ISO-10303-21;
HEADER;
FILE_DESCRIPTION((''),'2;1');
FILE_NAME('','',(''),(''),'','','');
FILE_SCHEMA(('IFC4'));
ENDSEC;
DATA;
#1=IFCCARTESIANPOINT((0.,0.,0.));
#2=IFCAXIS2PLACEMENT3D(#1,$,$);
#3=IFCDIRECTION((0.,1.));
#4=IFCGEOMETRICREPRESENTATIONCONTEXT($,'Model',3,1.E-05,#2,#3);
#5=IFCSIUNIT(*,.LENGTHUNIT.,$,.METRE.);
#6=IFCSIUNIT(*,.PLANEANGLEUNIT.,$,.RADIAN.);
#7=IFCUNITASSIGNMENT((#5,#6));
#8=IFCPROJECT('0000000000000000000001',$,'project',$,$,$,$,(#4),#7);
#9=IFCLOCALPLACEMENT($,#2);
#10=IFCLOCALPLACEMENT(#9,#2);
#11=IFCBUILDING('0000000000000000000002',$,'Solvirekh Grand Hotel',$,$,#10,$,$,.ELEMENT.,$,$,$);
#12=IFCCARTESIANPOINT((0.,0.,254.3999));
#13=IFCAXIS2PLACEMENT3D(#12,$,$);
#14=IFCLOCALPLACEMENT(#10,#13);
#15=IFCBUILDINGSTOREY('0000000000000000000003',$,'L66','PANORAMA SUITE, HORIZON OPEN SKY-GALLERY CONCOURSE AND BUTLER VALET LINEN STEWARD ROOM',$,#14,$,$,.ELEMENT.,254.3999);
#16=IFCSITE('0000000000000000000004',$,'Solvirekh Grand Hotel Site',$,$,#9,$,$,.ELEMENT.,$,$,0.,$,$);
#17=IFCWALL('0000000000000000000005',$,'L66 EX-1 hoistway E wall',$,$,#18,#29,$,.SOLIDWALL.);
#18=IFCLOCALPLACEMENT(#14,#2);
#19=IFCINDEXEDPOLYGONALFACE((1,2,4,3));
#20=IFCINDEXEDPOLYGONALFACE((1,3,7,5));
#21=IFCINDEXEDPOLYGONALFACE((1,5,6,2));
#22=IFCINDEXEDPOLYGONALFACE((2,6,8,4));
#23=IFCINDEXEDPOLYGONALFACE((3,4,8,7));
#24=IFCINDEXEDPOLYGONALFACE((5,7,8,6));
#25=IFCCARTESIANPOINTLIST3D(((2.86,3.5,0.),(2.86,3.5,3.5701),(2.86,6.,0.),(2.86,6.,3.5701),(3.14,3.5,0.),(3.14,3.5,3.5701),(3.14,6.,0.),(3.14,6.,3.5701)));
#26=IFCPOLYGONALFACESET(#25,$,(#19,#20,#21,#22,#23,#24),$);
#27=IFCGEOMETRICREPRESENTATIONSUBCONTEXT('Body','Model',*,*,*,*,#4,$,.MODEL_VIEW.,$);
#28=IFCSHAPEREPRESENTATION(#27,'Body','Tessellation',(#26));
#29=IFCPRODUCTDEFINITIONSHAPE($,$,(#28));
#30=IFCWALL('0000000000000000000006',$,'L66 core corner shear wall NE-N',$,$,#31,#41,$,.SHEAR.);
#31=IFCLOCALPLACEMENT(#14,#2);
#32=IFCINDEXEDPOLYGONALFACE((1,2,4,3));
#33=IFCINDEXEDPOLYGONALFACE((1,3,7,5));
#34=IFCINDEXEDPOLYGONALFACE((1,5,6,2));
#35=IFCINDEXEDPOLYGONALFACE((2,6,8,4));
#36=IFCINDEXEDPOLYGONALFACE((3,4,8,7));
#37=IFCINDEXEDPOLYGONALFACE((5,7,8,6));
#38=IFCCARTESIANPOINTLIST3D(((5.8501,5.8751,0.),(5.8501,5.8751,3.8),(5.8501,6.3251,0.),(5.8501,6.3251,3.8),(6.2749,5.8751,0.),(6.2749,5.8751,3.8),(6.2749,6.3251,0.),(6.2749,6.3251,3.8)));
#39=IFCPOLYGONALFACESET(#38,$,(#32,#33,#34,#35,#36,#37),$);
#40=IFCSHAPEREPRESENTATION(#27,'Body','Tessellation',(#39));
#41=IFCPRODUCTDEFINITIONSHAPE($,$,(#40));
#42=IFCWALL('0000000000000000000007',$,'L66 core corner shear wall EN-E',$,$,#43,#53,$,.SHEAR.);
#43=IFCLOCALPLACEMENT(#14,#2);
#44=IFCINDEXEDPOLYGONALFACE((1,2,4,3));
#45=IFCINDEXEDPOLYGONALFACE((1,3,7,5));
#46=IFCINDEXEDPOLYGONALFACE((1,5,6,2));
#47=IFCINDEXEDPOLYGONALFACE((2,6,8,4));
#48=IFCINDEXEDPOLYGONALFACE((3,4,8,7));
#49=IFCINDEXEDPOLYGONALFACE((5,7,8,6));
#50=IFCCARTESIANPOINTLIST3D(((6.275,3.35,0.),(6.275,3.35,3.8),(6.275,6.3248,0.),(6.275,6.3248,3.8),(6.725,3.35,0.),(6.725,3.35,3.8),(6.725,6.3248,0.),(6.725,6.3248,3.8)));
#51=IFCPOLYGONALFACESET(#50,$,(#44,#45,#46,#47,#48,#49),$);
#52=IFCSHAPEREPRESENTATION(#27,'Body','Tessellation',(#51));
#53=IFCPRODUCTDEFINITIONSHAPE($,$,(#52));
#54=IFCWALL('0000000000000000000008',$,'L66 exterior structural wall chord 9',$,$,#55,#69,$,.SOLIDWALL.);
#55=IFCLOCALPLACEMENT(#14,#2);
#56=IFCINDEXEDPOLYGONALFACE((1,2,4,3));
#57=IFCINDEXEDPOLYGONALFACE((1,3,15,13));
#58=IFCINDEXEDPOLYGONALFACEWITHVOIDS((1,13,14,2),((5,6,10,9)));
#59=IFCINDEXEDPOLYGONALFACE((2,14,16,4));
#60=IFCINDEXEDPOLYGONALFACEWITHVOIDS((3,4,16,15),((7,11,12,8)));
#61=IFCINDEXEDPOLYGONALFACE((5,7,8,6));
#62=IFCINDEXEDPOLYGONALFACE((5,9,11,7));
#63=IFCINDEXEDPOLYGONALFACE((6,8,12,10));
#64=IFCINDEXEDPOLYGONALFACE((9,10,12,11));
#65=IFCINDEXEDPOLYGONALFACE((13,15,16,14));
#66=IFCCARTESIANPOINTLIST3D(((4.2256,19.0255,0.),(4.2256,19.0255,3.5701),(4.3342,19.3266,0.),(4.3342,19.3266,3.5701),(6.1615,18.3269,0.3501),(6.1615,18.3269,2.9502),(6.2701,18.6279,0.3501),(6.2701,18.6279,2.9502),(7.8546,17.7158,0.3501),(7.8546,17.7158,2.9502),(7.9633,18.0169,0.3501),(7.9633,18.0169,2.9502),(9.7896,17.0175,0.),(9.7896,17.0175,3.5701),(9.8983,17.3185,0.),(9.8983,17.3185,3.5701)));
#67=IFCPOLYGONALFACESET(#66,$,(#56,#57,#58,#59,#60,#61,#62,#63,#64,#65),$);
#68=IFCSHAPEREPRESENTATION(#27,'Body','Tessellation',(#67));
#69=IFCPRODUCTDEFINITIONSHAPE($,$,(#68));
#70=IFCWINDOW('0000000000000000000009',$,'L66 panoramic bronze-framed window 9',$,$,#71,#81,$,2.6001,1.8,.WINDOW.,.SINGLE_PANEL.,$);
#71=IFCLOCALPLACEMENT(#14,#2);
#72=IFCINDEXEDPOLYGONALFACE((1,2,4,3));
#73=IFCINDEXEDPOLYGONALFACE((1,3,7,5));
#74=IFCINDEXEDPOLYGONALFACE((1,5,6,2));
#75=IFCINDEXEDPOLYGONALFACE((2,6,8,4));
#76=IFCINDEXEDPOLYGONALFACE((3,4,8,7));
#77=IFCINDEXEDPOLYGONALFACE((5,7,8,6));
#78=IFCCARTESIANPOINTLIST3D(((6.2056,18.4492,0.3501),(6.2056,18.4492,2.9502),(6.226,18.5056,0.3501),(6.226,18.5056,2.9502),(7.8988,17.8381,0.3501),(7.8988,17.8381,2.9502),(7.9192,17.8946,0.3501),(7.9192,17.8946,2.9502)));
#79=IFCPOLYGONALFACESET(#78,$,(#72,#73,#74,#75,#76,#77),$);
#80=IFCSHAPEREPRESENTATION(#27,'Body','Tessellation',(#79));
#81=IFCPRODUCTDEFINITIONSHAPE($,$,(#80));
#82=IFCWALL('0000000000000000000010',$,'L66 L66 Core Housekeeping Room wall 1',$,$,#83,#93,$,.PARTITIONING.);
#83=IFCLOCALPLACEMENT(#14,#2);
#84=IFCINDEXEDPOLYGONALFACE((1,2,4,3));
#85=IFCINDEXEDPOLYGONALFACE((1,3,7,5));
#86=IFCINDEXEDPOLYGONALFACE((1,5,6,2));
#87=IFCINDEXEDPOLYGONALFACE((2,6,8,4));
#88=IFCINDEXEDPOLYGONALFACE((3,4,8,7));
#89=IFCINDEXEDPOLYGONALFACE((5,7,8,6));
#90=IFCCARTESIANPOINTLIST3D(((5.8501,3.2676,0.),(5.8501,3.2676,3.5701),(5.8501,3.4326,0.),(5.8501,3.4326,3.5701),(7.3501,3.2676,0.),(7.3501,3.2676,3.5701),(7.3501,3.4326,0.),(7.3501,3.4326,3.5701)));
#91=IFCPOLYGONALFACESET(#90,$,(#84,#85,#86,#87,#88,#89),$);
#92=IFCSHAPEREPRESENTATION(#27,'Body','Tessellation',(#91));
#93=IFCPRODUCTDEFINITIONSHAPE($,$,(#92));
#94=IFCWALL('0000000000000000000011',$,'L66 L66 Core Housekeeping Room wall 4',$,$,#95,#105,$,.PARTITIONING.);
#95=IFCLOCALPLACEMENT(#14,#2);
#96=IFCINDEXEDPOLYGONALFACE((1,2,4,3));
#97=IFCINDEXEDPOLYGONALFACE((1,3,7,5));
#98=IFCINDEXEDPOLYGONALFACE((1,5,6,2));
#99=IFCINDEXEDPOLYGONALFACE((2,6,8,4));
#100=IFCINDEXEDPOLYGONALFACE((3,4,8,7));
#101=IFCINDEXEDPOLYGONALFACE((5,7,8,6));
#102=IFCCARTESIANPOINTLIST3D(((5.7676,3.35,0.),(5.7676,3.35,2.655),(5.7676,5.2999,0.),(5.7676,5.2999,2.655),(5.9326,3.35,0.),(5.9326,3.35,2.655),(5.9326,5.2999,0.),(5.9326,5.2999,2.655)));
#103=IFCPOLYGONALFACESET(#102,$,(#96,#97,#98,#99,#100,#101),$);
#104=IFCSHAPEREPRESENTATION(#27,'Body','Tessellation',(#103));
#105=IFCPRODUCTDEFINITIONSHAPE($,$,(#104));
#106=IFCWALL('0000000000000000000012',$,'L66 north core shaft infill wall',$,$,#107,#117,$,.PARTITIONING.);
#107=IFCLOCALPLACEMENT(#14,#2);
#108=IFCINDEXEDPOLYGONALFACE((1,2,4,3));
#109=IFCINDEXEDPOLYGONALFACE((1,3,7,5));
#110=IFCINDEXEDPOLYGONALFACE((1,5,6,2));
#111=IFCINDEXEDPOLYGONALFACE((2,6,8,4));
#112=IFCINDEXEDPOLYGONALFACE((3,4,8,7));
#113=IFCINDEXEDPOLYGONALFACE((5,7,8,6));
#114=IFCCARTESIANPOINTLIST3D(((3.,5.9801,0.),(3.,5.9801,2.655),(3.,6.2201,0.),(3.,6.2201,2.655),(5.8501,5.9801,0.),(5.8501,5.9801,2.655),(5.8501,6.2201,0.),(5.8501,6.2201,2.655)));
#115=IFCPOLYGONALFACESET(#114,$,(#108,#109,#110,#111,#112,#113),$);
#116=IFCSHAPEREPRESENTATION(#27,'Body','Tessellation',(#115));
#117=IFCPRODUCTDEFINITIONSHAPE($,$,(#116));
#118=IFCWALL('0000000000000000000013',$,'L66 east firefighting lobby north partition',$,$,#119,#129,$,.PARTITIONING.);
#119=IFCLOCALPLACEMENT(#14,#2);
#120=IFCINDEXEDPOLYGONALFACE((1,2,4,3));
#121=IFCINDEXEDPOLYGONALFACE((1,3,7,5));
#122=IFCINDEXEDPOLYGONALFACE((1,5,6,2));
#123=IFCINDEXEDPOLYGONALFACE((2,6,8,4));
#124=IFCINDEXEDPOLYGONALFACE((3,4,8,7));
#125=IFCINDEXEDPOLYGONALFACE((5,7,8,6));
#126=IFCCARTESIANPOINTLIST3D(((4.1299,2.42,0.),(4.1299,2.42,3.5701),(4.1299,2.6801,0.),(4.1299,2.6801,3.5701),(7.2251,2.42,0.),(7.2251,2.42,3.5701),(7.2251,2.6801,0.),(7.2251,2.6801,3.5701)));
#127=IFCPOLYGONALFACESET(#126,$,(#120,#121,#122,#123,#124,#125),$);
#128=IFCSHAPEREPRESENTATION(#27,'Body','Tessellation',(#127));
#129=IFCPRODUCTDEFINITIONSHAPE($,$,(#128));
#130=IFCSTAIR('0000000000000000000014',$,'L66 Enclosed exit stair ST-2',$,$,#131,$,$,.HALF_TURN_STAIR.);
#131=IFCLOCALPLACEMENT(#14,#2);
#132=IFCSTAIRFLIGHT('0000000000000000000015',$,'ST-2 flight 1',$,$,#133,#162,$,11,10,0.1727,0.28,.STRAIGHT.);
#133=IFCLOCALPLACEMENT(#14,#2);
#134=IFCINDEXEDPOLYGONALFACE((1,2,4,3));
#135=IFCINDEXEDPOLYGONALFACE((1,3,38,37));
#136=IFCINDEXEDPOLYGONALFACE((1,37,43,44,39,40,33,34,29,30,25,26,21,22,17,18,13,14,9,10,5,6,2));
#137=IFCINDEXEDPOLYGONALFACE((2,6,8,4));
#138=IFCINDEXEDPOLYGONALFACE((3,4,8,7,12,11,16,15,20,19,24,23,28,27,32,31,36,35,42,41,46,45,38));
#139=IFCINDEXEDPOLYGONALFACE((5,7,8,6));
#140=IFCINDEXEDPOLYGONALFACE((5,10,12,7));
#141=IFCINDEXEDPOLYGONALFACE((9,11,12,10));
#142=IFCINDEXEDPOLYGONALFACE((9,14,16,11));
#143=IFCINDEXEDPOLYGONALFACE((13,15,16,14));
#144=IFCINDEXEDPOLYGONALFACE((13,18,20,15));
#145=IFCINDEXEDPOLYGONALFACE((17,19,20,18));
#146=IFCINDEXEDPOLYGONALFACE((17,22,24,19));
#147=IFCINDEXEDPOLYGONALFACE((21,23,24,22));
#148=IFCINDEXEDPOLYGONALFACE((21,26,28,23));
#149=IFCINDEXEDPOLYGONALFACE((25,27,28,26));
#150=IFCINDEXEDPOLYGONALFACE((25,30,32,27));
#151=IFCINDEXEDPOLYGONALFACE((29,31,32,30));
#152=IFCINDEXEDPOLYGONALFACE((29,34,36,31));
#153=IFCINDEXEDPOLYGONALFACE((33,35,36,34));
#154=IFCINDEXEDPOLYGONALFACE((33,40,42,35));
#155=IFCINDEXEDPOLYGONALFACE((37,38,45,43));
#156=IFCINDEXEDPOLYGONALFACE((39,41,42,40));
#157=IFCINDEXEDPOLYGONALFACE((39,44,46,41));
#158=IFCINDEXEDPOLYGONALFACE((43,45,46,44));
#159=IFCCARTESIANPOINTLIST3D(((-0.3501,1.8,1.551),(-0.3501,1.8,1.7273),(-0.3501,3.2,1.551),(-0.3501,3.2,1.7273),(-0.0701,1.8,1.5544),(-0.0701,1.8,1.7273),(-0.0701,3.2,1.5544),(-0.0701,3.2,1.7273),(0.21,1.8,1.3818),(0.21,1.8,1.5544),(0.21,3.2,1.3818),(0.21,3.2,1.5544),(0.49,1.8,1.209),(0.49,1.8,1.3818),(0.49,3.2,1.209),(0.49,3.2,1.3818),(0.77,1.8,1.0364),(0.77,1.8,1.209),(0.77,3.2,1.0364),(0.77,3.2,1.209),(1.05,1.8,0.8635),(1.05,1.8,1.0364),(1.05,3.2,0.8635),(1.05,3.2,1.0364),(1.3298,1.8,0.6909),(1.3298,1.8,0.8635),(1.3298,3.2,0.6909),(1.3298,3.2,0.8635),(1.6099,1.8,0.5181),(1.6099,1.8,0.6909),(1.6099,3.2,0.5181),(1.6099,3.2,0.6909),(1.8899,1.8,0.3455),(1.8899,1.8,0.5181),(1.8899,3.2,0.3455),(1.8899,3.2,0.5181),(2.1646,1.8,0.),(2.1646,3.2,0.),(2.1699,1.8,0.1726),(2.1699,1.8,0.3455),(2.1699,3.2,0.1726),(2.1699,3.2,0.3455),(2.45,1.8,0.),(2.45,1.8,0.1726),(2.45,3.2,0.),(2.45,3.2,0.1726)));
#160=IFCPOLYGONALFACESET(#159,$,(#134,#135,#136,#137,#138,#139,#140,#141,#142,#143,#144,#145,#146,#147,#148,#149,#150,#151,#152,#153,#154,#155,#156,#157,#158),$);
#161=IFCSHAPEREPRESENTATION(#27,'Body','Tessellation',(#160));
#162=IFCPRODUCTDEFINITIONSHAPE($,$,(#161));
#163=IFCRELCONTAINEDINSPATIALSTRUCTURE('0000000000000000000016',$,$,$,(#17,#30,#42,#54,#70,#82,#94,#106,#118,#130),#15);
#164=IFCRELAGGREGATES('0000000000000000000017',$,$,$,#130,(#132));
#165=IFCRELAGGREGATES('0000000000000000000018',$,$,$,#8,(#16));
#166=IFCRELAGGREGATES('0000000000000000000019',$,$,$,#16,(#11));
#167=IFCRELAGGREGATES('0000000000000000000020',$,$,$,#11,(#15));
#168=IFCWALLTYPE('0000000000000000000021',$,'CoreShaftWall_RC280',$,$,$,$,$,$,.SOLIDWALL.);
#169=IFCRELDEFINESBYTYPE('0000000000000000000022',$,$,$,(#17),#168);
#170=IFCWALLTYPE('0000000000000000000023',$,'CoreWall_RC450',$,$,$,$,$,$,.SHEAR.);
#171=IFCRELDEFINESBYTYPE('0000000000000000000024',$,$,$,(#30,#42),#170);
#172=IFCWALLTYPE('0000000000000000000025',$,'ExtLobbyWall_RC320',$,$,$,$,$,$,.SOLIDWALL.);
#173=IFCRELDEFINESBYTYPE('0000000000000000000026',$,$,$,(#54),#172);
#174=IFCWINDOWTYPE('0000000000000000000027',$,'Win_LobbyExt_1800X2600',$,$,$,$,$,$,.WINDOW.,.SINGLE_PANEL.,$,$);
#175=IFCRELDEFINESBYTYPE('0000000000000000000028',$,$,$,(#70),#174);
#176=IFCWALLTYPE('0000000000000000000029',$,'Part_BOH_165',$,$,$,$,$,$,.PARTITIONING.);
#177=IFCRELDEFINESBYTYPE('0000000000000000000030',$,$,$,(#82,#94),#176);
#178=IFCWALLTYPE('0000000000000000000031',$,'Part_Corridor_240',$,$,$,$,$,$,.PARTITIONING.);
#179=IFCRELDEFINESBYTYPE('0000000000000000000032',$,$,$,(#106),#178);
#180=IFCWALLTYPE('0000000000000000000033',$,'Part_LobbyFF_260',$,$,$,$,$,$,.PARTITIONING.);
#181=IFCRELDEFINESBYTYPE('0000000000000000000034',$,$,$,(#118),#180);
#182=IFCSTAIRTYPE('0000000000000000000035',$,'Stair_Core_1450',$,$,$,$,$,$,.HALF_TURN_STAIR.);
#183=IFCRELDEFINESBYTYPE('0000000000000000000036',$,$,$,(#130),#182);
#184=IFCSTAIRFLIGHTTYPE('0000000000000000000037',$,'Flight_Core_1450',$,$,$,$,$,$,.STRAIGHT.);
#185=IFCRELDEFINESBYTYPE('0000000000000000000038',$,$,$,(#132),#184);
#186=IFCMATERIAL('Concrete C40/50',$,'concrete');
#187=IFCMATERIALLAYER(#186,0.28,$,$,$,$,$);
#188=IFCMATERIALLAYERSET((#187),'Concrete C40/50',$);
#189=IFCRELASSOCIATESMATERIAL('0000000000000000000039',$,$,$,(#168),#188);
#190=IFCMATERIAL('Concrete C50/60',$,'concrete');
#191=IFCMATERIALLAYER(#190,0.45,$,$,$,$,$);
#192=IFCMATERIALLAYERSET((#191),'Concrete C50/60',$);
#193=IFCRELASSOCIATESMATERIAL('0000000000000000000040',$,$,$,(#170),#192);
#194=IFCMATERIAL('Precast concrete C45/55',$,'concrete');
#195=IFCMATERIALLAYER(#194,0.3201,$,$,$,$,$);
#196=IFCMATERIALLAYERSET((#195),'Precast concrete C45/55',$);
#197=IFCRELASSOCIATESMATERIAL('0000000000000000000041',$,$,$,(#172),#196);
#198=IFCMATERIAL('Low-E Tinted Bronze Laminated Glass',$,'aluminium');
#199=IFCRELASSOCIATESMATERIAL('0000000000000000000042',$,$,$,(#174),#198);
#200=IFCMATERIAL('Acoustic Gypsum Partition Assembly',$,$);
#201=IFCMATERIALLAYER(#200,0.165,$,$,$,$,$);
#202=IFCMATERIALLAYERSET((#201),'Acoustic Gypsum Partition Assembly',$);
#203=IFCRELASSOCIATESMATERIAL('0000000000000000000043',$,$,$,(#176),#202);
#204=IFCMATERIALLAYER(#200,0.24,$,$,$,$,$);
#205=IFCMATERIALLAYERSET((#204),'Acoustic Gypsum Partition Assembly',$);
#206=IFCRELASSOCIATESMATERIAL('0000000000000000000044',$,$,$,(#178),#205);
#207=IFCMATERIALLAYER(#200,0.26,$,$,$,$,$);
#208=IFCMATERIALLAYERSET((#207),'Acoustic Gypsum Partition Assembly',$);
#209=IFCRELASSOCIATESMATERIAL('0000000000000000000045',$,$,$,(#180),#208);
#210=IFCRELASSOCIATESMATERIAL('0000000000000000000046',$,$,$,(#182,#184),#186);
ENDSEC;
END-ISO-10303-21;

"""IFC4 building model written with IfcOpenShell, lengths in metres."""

from ifc_helpers import new_model, si_unit, direction, frame, frame_2d, origin, place, context, subcontext, project, spatial, polyline, rectangle, outline, extrude, material, layer, layer_set, type_object, element, fill, aggregate, save


model = new_model("IFC4")

# Units and contexts
model_context = context("Model", 3, precision=1e-05, world=origin(), true_north=direction((0.0, 1.0)))
body_context = subcontext(model_context, "Body", "Model", "MODEL_VIEW")
ifc_project = project(units=[si_unit("LENGTHUNIT", "METRE"), si_unit("PLANEANGLEUNIT", "RADIAN")], contexts=[model_context])

# Site, building, storey
site_placement = place(None, origin())
site = spatial("IfcSite", under=ifc_project, at=site_placement, Name="Solvirekh Grand Hotel Site", CompositionType="ELEMENT", RefElevation=0.0)
building_placement = place(site_placement, origin())
building = spatial("IfcBuilding", under=site, at=building_placement, Name="Solvirekh Grand Hotel", CompositionType="ELEMENT")
storey_placement = place(building_placement, frame((0.0, 0.0, 254.3999)))
storey = spatial("IfcBuildingStorey", under=building, at=storey_placement, Name="L66", Description="PANORAMA SUITE, HORIZON OPEN SKY-GALLERY CONCOURSE AND BUTLER VALET LINEN STEWARD ROOM", CompositionType="ELEMENT", Elevation=254.3999)

# Shared definitions
ifc_material_1 = material(Name="Concrete C50/60", Category="concrete")

# Shared definitions
ifc_material_2 = material(Name="Concrete C40/50", Category="concrete")
ifc_layer_1 = layer(ifc_material_2, 0.28)
ifc_layer_set_1 = layer_set([ifc_layer_1], Name="Concrete C40/50")
wall_type_1 = type_object("IfcWallType", Name="CoreShaftWall_RC280", PredefinedType="SOLIDWALL", material=ifc_layer_set_1)

# Walls
wall_1_placement = place(storey_placement, frame((3.0, 3.5, 0.0), z_axis=(0.0, 0.0, 1.0), x_axis=(0.0, 1.0, 0.0)))
element("IfcWall", 1, at=wall_1_placement, inside=storey, type_object=wall_type_1, Name="L66 EX-1 hoistway E wall", PredefinedType="SOLIDWALL", context=body_context, shape_type="SweptSolid", body=[
    extrude(rectangle(XDim=2.5, YDim=0.28, at=frame_2d((1.25, 0.0))), origin(), (0.0, 0.0, 1.0), 3.5701),
])
ifc_layer_2 = layer(ifc_material_1, 0.45)
ifc_layer_set_2 = layer_set([ifc_layer_2], Name="Concrete C50/60")
wall_type_2 = type_object("IfcWallType", Name="CoreWall_RC450", PredefinedType="SHEAR", material=ifc_layer_set_2)
wall_2_placement = place(storey_placement, frame((5.8501, 6.1001, 0.0), z_axis=(0.0, 0.0, 1.0), x_axis=(1.0, 0.0, 0.0)))
element("IfcWall", 2, at=wall_2_placement, inside=storey, type_object=wall_type_2, Name="L66 core corner shear wall NE-N", PredefinedType="SHEAR", context=body_context, shape_type="SweptSolid", body=[
    extrude(rectangle(XDim=0.4248, YDim=0.45, at=frame_2d((0.2124, 0.0))), origin(), (0.0, 0.0, 1.0), 3.8),
])
wall_3_placement = place(storey_placement, frame((6.5, 3.3501, 0.0), z_axis=(0.0, 0.0, 1.0), x_axis=(0.0, 1.0, 0.0)))
element("IfcWall", 3, at=wall_3_placement, inside=storey, type_object=wall_type_2, Name="L66 core corner shear wall EN-E", PredefinedType="SHEAR", context=body_context, shape_type="SweptSolid", body=[
    extrude(rectangle(XDim=2.9749, YDim=0.45, at=frame_2d((1.4873, 0.0))), origin(), (0.0, 0.0, 1.0), 3.8),
])

# Wall, opening, window
ifc_material_3 = material(Name="Precast concrete C45/55", Category="concrete")
ifc_layer_3 = layer(ifc_material_3, 0.3201)
ifc_layer_set_3 = layer_set([ifc_layer_3], Name="Precast concrete C45/55")
wall_type_3 = type_object("IfcWallType", Name="ExtLobbyWall_RC320", PredefinedType="SOLIDWALL", material=ifc_layer_set_3)
wall_4_placement = place(storey_placement, frame((4.28, 19.176, 0.0), z_axis=(0.0, 0.0, 1.0), x_axis=(0.940616, -0.339472, 0.0)))
wall_4 = element("IfcWall", 4, at=wall_4_placement, inside=storey, type_object=wall_type_3, Name="L66 exterior structural wall chord 9", PredefinedType="SOLIDWALL", context=body_context, shape_type="SweptSolid", body=[
    extrude(rectangle(XDim=5.9153, YDim=0.3201, at=frame_2d((2.9575, 0.0))), origin(), (0.0, 0.0, 1.0), 3.5701),
])
opening_1_placement = place(wall_4_placement, frame((2.0581, 0.0, 0.3501)))
opening_1 = element("IfcOpeningElement", 5, at=opening_1_placement, cuts=wall_4, PredefinedType="OPENING", context=body_context, shape_type="SweptSolid", body=[
    extrude(rectangle(XDim=1.8, YDim=2.6001, at=frame_2d((0.8999, 1.3))), frame((0.0, 0.1699, 0.0), z_axis=(0.0, -1.0, 0.0), x_axis=(1.0, 0.0, 0.0)), (0.0, 0.0, 1.0), 0.3401),
])
ifc_material_4 = material(Name="Low-E Tinted Bronze Laminated Glass", Category="aluminium")
window_type = type_object("IfcWindowType", Name="Win_LobbyExt_1800X2600", PartitioningType="SINGLE_PANEL", PredefinedType="WINDOW", material=ifc_material_4)
window_placement = place(opening_1_placement, origin())
window = element("IfcWindow", 6, at=window_placement, inside=storey, type_object=window_type, Name="L66 panoramic bronze-framed window 9", OverallHeight=2.6001, OverallWidth=1.8, PartitioningType="SINGLE_PANEL", PredefinedType="WINDOW", context=body_context, shape_type="SweptSolid", body=[
    extrude(rectangle(XDim=1.8, YDim=2.6001, at=frame_2d((0.8999, 1.3))), frame((0.0, 0.03, 0.0), z_axis=(0.0, -1.0, 0.0), x_axis=(1.0, 0.0, 0.0)), (0.0, 0.0, 1.0), 0.0601),
])
fill(opening_1, window)

# Walls
ifc_material_5 = material(Name="Acoustic Gypsum Partition Assembly")
ifc_layer_4 = layer(ifc_material_5, 0.165)
ifc_layer_set_4 = layer_set([ifc_layer_4], Name="Acoustic Gypsum Partition Assembly")
wall_type_4 = type_object("IfcWallType", Name="Part_BOH_165", PredefinedType="PARTITIONING", material=ifc_layer_set_4)
wall_5_placement = place(storey_placement, frame((5.8501, 3.3501, 0.0), z_axis=(0.0, 0.0, 1.0), x_axis=(1.0, 0.0, 0.0)))
element("IfcWall", 7, at=wall_5_placement, inside=storey, type_object=wall_type_4, Name="L66 L66 Core Housekeeping Room wall 1", PredefinedType="PARTITIONING", context=body_context, shape_type="SweptSolid", body=[
    extrude(rectangle(XDim=1.5, YDim=0.165, at=frame_2d((0.75, 0.0))), origin(), (0.0, 0.0, 1.0), 3.5701),
])
wall_6_placement = place(storey_placement, frame((5.8501, 5.3, 0.0), z_axis=(0.0, 0.0, 1.0), x_axis=(0.0, -1.0, 0.0)))
element("IfcWall", 8, at=wall_6_placement, inside=storey, type_object=wall_type_4, Name="L66 L66 Core Housekeeping Room wall 4", PredefinedType="PARTITIONING", context=body_context, shape_type="SweptSolid", body=[
    extrude(rectangle(XDim=1.95, YDim=0.165, at=frame_2d((0.9751, 0.0))), origin(), (0.0, 0.0, 1.0), 2.655),
])
ifc_layer_5 = layer(ifc_material_5, 0.24)
ifc_layer_set_5 = layer_set([ifc_layer_5], Name="Acoustic Gypsum Partition Assembly")
wall_type_5 = type_object("IfcWallType", Name="Part_Corridor_240", PredefinedType="PARTITIONING", material=ifc_layer_set_5)
wall_7_placement = place(storey_placement, frame((3.0, 6.1001, 0.0), z_axis=(0.0, 0.0, 1.0), x_axis=(1.0, 0.0, 0.0)))
element("IfcWall", 9, at=wall_7_placement, inside=storey, type_object=wall_type_5, Name="L66 north core shaft infill wall", PredefinedType="PARTITIONING", context=body_context, shape_type="SweptSolid", body=[
    extrude(rectangle(XDim=2.8501, YDim=0.24, at=frame_2d((1.425, 0.0))), origin(), (0.0, 0.0, 1.0), 2.655),
])
ifc_layer_6 = layer(ifc_material_5, 0.26)
ifc_layer_set_6 = layer_set([ifc_layer_6], Name="Acoustic Gypsum Partition Assembly")
wall_type_6 = type_object("IfcWallType", Name="Part_LobbyFF_260", PredefinedType="PARTITIONING", material=ifc_layer_set_6)
wall_8_placement = place(storey_placement, frame((4.1299, 2.55, 0.0), z_axis=(0.0, 0.0, 1.0), x_axis=(1.0, 0.0, 0.0)))
element("IfcWall", 10, at=wall_8_placement, inside=storey, type_object=wall_type_6, Name="L66 east firefighting lobby north partition", PredefinedType="PARTITIONING", context=body_context, shape_type="SweptSolid", body=[
    extrude(rectangle(XDim=3.0952, YDim=0.26, at=frame_2d((1.5476, 0.0))), origin(), (0.0, 0.0, 1.0), 3.5701),
])

# Stair, stair flight
stair_type = type_object("IfcStairType", Name="Stair_Core_1450", PredefinedType="HALF_TURN_STAIR", material=ifc_material_2)
stair_placement = place(storey_placement, origin())
stair = element("IfcStair", 11, at=stair_placement, inside=storey, type_object=stair_type, Name="L66 Enclosed exit stair ST-2", PredefinedType="HALF_TURN_STAIR")
stair_flight_type = type_object("IfcStairFlightType", Name="Flight_Core_1450", PredefinedType="STRAIGHT", material=ifc_material_2)
stair_flight_placement = place(storey_placement, frame((2.45, 2.5, 0.0), z_axis=(0.0, 0.0, 1.0), x_axis=(-1.0, 0.0, 0.0)))
stair_flight = element("IfcStairFlight", 12, at=stair_flight_placement, type_object=stair_flight_type, Name="ST-2 flight 1", NumberOfRisers=11, NumberOfTreads=10, PredefinedType="STRAIGHT", RiserHeight=0.1727, TreadLength=0.28, context=body_context, shape_type="SweptSolid", body=[
    extrude(outline(polyline([(0.0, 0.0), (0.0, 0.1726), (0.28, 0.1726), (0.28, 0.3455), (0.5601, 0.3455), (0.5601, 0.5181), (0.8401, 0.5181), (0.8401, 0.6909), (1.1201, 0.6909), (1.1201, 0.8635), (1.3999, 0.8635), (1.3999, 1.0364), (1.6799, 1.0364), (1.6799, 1.209), (1.96, 1.209), (1.96, 1.3818), (2.24, 1.3818), (2.24, 1.5544), (2.52, 1.5544), (2.52, 1.7273), (2.8, 1.7273), (2.8, 1.8999), (2.8, 1.551), (0.2854, 0.0), (0.0, 0.0)])), frame((0.0, 0.7, 0.0), z_axis=(0.0, -1.0, 0.0), x_axis=(1.0, 0.0, 0.0)), (0.0, 0.0, 1.0), 1.3999),
])
aggregate(stair, [stair_flight])

save(model, "model.ifc")
